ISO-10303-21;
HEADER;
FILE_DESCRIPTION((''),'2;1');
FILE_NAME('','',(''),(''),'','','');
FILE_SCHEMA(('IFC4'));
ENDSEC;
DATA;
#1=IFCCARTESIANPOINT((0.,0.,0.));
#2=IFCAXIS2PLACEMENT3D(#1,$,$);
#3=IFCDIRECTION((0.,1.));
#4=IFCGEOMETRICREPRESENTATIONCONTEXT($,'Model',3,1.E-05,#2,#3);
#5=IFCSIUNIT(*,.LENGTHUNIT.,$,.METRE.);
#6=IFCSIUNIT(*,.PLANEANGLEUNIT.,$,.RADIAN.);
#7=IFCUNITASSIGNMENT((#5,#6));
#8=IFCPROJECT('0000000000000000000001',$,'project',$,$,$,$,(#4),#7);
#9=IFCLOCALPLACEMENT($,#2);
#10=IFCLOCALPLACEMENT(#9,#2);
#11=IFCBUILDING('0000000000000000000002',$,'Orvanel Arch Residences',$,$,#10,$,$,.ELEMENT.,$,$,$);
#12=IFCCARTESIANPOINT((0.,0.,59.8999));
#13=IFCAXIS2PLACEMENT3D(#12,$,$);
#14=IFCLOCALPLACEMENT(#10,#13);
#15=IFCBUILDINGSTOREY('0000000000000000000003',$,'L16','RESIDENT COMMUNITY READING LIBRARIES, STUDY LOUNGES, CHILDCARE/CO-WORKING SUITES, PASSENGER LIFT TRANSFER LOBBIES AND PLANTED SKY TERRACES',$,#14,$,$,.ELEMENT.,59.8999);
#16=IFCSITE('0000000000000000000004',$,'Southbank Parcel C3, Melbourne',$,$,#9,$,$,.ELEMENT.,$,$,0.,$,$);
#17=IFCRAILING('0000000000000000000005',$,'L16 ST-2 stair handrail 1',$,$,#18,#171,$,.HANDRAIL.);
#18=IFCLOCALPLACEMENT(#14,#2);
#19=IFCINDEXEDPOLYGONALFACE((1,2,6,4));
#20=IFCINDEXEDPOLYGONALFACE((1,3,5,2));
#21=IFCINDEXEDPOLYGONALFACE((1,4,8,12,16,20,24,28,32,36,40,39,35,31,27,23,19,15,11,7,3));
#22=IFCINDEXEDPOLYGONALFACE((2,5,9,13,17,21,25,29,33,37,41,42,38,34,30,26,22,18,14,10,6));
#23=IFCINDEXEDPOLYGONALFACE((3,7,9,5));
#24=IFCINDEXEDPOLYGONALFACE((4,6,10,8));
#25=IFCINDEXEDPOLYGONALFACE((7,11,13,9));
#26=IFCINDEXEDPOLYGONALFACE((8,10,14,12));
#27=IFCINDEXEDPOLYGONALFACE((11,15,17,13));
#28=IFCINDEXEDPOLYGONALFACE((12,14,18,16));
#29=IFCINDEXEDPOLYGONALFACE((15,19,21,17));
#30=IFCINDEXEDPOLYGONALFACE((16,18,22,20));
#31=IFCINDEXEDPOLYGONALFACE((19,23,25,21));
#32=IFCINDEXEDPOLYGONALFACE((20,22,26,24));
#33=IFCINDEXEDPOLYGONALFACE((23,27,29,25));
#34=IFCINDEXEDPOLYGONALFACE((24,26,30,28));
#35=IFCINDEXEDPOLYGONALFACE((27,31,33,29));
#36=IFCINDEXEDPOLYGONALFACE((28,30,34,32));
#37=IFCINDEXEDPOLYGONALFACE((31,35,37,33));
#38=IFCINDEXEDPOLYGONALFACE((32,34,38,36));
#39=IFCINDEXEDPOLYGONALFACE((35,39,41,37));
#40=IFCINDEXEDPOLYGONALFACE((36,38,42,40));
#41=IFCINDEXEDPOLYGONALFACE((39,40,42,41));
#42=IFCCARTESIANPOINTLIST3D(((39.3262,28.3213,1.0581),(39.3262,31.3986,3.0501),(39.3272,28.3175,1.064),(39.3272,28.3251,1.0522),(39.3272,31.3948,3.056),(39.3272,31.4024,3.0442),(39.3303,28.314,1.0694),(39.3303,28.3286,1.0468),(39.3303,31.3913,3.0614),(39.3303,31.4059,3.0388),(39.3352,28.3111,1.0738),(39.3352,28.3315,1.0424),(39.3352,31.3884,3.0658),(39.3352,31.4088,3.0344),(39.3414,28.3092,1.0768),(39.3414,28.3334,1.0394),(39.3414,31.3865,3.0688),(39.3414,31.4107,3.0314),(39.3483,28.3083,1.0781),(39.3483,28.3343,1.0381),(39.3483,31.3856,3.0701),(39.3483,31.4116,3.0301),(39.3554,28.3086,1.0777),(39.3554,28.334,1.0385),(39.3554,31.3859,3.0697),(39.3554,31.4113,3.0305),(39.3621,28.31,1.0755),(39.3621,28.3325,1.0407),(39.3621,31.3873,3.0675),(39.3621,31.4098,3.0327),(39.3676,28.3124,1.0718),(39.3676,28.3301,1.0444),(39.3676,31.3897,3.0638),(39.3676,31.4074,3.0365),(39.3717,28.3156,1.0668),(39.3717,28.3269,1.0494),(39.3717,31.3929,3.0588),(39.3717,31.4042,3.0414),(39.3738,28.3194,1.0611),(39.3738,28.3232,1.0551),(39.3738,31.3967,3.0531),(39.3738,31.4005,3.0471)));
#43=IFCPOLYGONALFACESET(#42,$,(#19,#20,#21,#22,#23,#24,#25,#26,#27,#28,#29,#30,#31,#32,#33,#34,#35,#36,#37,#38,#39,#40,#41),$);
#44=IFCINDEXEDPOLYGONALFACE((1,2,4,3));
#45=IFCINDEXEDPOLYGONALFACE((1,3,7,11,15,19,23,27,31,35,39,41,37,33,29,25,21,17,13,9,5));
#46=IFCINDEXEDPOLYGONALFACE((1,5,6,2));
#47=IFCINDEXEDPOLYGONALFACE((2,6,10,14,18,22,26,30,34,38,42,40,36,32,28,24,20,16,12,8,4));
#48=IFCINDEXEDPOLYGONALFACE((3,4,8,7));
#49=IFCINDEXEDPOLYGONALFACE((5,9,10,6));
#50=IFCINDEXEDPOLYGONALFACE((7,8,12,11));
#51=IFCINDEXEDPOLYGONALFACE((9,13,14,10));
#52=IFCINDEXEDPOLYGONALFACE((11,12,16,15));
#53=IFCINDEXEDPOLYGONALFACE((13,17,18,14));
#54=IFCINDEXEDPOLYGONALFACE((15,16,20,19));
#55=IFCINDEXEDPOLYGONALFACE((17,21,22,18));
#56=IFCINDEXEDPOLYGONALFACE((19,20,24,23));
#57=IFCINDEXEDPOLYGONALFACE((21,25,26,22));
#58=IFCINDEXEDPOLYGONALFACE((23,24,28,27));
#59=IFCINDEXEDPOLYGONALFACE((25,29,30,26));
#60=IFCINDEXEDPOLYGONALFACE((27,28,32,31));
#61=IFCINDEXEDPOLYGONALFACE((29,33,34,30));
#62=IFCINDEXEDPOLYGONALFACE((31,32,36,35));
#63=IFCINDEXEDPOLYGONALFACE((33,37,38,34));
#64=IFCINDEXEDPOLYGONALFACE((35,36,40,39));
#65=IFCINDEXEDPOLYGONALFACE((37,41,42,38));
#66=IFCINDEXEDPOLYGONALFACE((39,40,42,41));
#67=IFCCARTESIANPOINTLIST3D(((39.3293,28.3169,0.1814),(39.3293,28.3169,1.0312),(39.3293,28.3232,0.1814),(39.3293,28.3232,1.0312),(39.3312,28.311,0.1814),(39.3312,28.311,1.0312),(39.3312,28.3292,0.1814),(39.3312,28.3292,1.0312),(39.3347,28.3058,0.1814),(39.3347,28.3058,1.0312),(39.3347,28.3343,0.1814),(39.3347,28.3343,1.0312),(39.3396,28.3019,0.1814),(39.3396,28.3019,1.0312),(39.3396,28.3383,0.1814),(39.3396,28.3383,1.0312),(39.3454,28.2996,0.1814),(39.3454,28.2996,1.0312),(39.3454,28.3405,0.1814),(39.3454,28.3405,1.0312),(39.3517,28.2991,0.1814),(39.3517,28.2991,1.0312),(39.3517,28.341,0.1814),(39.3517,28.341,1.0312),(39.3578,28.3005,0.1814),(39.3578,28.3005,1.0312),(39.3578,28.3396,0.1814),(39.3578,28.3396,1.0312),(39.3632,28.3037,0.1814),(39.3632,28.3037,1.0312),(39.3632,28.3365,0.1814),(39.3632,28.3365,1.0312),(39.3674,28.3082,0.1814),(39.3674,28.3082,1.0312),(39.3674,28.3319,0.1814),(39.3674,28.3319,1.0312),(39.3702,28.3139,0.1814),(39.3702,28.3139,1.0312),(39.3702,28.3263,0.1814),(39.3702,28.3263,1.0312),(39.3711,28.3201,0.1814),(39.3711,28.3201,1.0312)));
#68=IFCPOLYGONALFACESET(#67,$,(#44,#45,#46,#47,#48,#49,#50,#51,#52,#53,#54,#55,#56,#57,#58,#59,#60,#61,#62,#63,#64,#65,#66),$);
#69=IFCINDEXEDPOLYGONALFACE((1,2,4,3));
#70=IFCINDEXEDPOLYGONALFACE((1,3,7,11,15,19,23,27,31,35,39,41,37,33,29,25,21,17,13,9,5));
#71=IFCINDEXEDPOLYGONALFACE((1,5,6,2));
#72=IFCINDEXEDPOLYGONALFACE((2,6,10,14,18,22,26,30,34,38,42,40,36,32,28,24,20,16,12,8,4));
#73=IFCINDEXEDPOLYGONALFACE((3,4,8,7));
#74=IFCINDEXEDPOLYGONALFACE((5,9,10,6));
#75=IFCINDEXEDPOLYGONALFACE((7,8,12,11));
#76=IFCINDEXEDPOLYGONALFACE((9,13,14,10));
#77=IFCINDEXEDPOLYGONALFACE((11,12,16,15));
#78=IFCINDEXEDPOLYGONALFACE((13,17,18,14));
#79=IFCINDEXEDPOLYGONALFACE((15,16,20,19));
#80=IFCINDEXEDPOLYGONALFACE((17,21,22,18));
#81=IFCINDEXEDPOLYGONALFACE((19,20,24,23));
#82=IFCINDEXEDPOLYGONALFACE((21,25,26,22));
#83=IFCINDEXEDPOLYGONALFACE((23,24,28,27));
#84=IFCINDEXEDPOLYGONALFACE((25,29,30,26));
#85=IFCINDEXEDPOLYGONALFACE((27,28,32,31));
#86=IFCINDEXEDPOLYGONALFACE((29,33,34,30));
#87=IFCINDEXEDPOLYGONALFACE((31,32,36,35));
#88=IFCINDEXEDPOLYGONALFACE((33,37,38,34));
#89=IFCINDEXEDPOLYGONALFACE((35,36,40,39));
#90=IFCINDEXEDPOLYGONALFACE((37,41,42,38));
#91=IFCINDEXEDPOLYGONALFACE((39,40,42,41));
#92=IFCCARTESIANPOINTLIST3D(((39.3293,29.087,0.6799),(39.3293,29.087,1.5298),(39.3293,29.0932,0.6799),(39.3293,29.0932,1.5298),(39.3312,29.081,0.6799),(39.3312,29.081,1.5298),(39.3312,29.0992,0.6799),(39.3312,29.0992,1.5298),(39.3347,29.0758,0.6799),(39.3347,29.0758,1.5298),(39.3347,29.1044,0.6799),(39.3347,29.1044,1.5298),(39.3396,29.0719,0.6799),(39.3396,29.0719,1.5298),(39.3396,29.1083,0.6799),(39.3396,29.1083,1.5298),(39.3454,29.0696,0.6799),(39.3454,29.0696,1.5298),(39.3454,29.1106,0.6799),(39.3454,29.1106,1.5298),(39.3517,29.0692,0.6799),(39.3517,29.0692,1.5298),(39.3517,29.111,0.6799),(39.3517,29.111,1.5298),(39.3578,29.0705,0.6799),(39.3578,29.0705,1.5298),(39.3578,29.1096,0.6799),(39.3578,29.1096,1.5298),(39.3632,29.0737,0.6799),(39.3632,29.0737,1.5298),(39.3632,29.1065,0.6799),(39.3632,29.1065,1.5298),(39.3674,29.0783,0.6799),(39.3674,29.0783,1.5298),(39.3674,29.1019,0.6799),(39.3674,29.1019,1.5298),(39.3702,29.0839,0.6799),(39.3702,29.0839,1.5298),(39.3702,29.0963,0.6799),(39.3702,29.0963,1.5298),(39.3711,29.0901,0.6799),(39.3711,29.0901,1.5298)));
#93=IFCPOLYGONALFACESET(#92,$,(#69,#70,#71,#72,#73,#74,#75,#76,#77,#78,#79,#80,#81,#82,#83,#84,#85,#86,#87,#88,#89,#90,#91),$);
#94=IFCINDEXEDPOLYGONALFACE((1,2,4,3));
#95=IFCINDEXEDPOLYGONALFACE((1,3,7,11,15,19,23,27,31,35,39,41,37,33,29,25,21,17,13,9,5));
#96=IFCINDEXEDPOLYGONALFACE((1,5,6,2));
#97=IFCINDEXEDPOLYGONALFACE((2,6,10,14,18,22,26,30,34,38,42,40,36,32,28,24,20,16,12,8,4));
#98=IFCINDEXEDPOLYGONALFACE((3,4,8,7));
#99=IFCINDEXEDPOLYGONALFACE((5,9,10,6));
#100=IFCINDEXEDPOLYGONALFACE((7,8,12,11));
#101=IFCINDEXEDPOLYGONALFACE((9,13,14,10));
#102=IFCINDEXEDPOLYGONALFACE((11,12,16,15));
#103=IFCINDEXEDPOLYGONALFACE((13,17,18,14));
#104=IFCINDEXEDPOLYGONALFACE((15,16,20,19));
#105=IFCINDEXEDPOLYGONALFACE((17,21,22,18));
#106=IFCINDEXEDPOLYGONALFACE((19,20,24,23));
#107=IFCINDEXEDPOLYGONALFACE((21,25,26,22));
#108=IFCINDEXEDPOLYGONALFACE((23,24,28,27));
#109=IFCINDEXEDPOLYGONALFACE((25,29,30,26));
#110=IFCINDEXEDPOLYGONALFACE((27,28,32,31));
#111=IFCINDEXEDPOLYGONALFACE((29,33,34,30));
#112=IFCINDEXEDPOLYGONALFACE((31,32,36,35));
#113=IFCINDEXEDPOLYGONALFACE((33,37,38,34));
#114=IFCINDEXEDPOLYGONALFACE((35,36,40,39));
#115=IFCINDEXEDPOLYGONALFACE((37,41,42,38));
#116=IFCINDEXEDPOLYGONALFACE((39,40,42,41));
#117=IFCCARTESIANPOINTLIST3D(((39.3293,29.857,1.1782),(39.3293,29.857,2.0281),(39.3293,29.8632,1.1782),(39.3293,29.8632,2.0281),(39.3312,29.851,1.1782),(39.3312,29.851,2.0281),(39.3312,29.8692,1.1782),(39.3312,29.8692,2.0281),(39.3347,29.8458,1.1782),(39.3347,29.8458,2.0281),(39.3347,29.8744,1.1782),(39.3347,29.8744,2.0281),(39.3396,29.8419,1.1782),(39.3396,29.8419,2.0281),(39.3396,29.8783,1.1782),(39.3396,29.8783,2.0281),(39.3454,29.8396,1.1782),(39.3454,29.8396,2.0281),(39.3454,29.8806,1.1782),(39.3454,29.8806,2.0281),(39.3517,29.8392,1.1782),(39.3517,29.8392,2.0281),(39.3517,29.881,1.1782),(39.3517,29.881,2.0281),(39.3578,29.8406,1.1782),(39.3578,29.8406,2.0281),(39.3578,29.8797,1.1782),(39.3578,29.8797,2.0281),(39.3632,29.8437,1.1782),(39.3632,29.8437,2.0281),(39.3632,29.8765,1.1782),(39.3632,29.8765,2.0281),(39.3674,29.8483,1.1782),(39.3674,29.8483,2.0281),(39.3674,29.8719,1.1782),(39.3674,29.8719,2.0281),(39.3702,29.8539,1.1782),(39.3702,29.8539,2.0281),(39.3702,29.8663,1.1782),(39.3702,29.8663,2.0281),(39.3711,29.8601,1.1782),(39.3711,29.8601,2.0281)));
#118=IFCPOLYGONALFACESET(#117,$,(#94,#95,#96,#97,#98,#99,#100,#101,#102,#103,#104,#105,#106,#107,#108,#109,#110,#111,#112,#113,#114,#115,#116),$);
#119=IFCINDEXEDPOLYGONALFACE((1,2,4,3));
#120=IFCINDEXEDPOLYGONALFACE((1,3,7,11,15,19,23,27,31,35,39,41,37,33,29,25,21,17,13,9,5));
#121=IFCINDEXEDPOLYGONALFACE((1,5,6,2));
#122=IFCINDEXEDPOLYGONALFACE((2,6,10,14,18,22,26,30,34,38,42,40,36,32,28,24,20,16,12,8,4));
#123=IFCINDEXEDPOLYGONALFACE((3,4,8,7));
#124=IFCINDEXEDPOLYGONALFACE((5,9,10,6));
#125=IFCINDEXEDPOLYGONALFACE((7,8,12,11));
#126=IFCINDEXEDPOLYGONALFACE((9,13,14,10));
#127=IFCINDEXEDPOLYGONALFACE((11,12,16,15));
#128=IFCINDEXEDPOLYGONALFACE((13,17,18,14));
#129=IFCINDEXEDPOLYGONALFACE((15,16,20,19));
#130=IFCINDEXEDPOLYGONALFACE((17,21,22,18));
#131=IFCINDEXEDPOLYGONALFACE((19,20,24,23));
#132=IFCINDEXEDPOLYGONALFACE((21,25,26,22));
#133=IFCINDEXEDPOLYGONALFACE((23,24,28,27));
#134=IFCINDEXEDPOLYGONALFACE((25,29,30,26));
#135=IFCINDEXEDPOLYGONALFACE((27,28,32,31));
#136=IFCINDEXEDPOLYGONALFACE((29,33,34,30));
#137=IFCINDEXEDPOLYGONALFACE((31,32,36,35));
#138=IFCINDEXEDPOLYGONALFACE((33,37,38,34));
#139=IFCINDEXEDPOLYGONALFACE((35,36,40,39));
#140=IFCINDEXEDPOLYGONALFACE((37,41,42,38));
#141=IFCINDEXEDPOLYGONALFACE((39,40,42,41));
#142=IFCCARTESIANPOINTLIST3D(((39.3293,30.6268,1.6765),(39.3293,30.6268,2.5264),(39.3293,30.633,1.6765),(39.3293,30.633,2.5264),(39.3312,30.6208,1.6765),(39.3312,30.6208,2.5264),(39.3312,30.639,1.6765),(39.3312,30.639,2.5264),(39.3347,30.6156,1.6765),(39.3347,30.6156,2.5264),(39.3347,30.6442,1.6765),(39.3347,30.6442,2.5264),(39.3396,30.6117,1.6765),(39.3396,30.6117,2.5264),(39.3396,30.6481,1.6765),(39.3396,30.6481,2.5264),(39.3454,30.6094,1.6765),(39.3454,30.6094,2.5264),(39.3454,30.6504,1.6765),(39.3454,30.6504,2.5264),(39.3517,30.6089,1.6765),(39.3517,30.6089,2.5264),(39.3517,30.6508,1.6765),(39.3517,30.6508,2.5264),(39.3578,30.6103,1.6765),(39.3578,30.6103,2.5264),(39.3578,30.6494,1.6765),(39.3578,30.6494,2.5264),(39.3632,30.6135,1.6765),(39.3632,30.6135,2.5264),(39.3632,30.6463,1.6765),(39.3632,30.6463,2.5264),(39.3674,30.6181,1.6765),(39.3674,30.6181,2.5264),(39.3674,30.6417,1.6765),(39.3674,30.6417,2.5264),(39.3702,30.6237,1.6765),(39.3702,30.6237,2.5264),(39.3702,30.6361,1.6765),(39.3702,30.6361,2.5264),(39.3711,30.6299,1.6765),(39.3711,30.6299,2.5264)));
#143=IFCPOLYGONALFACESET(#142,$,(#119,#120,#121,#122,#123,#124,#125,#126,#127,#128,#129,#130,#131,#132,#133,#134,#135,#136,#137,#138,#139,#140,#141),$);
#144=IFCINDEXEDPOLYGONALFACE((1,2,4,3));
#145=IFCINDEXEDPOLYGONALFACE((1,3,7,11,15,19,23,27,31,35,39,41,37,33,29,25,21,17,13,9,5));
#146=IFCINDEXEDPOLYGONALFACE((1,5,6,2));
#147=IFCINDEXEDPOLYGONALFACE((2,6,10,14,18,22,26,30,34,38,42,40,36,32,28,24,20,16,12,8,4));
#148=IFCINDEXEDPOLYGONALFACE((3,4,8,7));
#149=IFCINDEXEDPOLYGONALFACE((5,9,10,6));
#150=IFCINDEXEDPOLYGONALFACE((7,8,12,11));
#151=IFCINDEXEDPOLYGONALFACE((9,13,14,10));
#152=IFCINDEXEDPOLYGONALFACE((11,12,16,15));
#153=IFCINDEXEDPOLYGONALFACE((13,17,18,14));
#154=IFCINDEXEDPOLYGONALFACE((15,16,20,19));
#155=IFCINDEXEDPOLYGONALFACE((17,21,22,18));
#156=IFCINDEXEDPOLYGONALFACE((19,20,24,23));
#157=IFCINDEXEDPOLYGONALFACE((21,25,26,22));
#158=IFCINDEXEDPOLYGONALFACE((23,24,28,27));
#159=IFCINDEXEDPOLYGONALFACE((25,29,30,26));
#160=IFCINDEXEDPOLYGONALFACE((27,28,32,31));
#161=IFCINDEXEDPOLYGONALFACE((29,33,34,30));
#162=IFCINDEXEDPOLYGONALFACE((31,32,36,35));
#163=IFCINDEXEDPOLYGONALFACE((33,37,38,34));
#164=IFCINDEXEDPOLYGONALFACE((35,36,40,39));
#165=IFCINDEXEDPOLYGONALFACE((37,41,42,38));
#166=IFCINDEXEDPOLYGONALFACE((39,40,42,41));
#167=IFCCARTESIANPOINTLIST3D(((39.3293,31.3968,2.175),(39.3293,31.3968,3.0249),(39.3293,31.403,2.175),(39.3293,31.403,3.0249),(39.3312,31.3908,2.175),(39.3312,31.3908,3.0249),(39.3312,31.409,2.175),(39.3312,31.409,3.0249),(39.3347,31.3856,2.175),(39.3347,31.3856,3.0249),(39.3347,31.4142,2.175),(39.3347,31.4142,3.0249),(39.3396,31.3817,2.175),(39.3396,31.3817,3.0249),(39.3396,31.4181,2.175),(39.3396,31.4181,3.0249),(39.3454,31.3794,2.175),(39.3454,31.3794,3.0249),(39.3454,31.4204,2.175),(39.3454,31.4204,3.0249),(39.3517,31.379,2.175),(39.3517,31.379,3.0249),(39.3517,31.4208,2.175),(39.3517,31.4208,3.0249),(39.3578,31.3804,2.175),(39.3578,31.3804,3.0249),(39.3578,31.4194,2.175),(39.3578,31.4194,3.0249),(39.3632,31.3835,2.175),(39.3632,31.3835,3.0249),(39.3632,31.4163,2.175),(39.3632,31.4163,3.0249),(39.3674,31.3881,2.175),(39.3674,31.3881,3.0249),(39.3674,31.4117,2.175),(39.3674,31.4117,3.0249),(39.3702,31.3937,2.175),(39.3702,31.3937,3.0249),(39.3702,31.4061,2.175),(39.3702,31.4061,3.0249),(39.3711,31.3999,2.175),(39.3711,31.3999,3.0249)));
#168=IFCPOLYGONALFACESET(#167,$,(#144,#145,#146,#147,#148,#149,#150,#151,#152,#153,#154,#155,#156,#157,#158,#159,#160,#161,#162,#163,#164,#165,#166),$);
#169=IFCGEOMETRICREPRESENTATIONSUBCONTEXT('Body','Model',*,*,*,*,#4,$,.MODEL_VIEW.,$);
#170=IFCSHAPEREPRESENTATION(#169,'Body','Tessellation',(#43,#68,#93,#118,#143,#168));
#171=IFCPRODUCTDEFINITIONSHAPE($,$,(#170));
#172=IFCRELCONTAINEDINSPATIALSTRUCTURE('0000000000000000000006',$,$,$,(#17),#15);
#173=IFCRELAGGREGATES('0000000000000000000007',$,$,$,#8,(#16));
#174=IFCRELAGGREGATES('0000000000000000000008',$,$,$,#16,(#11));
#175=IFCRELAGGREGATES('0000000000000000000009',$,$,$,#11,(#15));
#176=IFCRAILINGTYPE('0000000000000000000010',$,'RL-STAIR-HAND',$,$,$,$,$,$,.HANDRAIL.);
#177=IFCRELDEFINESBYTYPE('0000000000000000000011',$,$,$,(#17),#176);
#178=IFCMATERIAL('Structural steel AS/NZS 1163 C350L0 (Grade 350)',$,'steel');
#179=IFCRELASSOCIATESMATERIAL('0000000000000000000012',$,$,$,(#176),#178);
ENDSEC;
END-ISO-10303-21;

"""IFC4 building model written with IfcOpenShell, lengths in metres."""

from ifc_helpers import new_model, si_unit, direction, frame, origin, origin_2d, place, context, subcontext, project, spatial, circle, extrude, material, type_object, element, save


model = new_model("IFC4")

# Units and contexts
model_context = context("Model", 3, precision=1e-05, world=origin(), true_north=direction((0.0, 1.0)))
body_context = subcontext(model_context, "Body", "Model", "MODEL_VIEW")
ifc_project = project(units=[si_unit("LENGTHUNIT", "METRE"), si_unit("PLANEANGLEUNIT", "RADIAN")], contexts=[model_context])

# Site, building, storey
site_placement = place(None, origin())
site = spatial("IfcSite", under=ifc_project, at=site_placement, Name="Southbank Parcel C3, Melbourne", CompositionType="ELEMENT", RefElevation=0.0)
building_placement = place(site_placement, origin())
building = spatial("IfcBuilding", under=site, at=building_placement, Name="Orvanel Arch Residences", CompositionType="ELEMENT")
storey_placement = place(building_placement, frame((0.0, 0.0, 59.8999)))
storey = spatial("IfcBuildingStorey", under=building, at=storey_placement, Name="L16", Description="RESIDENT COMMUNITY READING LIBRARIES, STUDY LOUNGES, CHILDCARE/CO-WORKING SUITES, PASSENGER LIFT TRANSFER LOBBIES AND PLANTED SKY TERRACES", CompositionType="ELEMENT", Elevation=59.8999)

# Railing
ifc_material_1 = material(Name="Structural steel AS/NZS 1163 C350L0 (Grade 350)", Category="steel")
railing_type_1 = type_object("IfcRailingType", Name="RL-STAIR-HAND", PredefinedType="HANDRAIL", material=ifc_material_1)
railing_1_placement = place(storey_placement, frame((39.3501, 28.3201, 0.1814)))
element("IfcRailing", 1, at=railing_1_placement, inside=storey, type_object=railing_type_1, Name="L16 ST-2 stair handrail 1", PredefinedType="HANDRAIL", context=body_context, shape_type="SweptSolid", body=[
    extrude(circle(Radius=0.0239, at=origin_2d()), frame((0.0, 0.0012, 0.8767), z_axis=(0.0, 0.839468, 0.543409), x_axis=(-1.0, 0.0, 0.0)), (0.0, 0.0, 1.0), 3.6658),
    extrude(circle(Radius=0.021, at=origin_2d()), origin(), (0.0, 0.0, 1.0), 0.8499),
    extrude(circle(Radius=0.021, at=origin_2d()), frame((0.0, 0.77, 0.4985)), (0.0, 0.0, 1.0), 0.8499),
    extrude(circle(Radius=0.021, at=origin_2d()), frame((0.0, 1.54, 0.9968)), (0.0, 0.0, 1.0), 0.8499),
    extrude(circle(Radius=0.021, at=origin_2d()), frame((0.0, 2.3098, 1.4951)), (0.0, 0.0, 1.0), 0.8499),
    extrude(circle(Radius=0.021, at=origin_2d()), frame((0.0, 3.0798, 1.9937)), (0.0, 0.0, 1.0), 0.8499),
])

save(model, "model.ifc")
